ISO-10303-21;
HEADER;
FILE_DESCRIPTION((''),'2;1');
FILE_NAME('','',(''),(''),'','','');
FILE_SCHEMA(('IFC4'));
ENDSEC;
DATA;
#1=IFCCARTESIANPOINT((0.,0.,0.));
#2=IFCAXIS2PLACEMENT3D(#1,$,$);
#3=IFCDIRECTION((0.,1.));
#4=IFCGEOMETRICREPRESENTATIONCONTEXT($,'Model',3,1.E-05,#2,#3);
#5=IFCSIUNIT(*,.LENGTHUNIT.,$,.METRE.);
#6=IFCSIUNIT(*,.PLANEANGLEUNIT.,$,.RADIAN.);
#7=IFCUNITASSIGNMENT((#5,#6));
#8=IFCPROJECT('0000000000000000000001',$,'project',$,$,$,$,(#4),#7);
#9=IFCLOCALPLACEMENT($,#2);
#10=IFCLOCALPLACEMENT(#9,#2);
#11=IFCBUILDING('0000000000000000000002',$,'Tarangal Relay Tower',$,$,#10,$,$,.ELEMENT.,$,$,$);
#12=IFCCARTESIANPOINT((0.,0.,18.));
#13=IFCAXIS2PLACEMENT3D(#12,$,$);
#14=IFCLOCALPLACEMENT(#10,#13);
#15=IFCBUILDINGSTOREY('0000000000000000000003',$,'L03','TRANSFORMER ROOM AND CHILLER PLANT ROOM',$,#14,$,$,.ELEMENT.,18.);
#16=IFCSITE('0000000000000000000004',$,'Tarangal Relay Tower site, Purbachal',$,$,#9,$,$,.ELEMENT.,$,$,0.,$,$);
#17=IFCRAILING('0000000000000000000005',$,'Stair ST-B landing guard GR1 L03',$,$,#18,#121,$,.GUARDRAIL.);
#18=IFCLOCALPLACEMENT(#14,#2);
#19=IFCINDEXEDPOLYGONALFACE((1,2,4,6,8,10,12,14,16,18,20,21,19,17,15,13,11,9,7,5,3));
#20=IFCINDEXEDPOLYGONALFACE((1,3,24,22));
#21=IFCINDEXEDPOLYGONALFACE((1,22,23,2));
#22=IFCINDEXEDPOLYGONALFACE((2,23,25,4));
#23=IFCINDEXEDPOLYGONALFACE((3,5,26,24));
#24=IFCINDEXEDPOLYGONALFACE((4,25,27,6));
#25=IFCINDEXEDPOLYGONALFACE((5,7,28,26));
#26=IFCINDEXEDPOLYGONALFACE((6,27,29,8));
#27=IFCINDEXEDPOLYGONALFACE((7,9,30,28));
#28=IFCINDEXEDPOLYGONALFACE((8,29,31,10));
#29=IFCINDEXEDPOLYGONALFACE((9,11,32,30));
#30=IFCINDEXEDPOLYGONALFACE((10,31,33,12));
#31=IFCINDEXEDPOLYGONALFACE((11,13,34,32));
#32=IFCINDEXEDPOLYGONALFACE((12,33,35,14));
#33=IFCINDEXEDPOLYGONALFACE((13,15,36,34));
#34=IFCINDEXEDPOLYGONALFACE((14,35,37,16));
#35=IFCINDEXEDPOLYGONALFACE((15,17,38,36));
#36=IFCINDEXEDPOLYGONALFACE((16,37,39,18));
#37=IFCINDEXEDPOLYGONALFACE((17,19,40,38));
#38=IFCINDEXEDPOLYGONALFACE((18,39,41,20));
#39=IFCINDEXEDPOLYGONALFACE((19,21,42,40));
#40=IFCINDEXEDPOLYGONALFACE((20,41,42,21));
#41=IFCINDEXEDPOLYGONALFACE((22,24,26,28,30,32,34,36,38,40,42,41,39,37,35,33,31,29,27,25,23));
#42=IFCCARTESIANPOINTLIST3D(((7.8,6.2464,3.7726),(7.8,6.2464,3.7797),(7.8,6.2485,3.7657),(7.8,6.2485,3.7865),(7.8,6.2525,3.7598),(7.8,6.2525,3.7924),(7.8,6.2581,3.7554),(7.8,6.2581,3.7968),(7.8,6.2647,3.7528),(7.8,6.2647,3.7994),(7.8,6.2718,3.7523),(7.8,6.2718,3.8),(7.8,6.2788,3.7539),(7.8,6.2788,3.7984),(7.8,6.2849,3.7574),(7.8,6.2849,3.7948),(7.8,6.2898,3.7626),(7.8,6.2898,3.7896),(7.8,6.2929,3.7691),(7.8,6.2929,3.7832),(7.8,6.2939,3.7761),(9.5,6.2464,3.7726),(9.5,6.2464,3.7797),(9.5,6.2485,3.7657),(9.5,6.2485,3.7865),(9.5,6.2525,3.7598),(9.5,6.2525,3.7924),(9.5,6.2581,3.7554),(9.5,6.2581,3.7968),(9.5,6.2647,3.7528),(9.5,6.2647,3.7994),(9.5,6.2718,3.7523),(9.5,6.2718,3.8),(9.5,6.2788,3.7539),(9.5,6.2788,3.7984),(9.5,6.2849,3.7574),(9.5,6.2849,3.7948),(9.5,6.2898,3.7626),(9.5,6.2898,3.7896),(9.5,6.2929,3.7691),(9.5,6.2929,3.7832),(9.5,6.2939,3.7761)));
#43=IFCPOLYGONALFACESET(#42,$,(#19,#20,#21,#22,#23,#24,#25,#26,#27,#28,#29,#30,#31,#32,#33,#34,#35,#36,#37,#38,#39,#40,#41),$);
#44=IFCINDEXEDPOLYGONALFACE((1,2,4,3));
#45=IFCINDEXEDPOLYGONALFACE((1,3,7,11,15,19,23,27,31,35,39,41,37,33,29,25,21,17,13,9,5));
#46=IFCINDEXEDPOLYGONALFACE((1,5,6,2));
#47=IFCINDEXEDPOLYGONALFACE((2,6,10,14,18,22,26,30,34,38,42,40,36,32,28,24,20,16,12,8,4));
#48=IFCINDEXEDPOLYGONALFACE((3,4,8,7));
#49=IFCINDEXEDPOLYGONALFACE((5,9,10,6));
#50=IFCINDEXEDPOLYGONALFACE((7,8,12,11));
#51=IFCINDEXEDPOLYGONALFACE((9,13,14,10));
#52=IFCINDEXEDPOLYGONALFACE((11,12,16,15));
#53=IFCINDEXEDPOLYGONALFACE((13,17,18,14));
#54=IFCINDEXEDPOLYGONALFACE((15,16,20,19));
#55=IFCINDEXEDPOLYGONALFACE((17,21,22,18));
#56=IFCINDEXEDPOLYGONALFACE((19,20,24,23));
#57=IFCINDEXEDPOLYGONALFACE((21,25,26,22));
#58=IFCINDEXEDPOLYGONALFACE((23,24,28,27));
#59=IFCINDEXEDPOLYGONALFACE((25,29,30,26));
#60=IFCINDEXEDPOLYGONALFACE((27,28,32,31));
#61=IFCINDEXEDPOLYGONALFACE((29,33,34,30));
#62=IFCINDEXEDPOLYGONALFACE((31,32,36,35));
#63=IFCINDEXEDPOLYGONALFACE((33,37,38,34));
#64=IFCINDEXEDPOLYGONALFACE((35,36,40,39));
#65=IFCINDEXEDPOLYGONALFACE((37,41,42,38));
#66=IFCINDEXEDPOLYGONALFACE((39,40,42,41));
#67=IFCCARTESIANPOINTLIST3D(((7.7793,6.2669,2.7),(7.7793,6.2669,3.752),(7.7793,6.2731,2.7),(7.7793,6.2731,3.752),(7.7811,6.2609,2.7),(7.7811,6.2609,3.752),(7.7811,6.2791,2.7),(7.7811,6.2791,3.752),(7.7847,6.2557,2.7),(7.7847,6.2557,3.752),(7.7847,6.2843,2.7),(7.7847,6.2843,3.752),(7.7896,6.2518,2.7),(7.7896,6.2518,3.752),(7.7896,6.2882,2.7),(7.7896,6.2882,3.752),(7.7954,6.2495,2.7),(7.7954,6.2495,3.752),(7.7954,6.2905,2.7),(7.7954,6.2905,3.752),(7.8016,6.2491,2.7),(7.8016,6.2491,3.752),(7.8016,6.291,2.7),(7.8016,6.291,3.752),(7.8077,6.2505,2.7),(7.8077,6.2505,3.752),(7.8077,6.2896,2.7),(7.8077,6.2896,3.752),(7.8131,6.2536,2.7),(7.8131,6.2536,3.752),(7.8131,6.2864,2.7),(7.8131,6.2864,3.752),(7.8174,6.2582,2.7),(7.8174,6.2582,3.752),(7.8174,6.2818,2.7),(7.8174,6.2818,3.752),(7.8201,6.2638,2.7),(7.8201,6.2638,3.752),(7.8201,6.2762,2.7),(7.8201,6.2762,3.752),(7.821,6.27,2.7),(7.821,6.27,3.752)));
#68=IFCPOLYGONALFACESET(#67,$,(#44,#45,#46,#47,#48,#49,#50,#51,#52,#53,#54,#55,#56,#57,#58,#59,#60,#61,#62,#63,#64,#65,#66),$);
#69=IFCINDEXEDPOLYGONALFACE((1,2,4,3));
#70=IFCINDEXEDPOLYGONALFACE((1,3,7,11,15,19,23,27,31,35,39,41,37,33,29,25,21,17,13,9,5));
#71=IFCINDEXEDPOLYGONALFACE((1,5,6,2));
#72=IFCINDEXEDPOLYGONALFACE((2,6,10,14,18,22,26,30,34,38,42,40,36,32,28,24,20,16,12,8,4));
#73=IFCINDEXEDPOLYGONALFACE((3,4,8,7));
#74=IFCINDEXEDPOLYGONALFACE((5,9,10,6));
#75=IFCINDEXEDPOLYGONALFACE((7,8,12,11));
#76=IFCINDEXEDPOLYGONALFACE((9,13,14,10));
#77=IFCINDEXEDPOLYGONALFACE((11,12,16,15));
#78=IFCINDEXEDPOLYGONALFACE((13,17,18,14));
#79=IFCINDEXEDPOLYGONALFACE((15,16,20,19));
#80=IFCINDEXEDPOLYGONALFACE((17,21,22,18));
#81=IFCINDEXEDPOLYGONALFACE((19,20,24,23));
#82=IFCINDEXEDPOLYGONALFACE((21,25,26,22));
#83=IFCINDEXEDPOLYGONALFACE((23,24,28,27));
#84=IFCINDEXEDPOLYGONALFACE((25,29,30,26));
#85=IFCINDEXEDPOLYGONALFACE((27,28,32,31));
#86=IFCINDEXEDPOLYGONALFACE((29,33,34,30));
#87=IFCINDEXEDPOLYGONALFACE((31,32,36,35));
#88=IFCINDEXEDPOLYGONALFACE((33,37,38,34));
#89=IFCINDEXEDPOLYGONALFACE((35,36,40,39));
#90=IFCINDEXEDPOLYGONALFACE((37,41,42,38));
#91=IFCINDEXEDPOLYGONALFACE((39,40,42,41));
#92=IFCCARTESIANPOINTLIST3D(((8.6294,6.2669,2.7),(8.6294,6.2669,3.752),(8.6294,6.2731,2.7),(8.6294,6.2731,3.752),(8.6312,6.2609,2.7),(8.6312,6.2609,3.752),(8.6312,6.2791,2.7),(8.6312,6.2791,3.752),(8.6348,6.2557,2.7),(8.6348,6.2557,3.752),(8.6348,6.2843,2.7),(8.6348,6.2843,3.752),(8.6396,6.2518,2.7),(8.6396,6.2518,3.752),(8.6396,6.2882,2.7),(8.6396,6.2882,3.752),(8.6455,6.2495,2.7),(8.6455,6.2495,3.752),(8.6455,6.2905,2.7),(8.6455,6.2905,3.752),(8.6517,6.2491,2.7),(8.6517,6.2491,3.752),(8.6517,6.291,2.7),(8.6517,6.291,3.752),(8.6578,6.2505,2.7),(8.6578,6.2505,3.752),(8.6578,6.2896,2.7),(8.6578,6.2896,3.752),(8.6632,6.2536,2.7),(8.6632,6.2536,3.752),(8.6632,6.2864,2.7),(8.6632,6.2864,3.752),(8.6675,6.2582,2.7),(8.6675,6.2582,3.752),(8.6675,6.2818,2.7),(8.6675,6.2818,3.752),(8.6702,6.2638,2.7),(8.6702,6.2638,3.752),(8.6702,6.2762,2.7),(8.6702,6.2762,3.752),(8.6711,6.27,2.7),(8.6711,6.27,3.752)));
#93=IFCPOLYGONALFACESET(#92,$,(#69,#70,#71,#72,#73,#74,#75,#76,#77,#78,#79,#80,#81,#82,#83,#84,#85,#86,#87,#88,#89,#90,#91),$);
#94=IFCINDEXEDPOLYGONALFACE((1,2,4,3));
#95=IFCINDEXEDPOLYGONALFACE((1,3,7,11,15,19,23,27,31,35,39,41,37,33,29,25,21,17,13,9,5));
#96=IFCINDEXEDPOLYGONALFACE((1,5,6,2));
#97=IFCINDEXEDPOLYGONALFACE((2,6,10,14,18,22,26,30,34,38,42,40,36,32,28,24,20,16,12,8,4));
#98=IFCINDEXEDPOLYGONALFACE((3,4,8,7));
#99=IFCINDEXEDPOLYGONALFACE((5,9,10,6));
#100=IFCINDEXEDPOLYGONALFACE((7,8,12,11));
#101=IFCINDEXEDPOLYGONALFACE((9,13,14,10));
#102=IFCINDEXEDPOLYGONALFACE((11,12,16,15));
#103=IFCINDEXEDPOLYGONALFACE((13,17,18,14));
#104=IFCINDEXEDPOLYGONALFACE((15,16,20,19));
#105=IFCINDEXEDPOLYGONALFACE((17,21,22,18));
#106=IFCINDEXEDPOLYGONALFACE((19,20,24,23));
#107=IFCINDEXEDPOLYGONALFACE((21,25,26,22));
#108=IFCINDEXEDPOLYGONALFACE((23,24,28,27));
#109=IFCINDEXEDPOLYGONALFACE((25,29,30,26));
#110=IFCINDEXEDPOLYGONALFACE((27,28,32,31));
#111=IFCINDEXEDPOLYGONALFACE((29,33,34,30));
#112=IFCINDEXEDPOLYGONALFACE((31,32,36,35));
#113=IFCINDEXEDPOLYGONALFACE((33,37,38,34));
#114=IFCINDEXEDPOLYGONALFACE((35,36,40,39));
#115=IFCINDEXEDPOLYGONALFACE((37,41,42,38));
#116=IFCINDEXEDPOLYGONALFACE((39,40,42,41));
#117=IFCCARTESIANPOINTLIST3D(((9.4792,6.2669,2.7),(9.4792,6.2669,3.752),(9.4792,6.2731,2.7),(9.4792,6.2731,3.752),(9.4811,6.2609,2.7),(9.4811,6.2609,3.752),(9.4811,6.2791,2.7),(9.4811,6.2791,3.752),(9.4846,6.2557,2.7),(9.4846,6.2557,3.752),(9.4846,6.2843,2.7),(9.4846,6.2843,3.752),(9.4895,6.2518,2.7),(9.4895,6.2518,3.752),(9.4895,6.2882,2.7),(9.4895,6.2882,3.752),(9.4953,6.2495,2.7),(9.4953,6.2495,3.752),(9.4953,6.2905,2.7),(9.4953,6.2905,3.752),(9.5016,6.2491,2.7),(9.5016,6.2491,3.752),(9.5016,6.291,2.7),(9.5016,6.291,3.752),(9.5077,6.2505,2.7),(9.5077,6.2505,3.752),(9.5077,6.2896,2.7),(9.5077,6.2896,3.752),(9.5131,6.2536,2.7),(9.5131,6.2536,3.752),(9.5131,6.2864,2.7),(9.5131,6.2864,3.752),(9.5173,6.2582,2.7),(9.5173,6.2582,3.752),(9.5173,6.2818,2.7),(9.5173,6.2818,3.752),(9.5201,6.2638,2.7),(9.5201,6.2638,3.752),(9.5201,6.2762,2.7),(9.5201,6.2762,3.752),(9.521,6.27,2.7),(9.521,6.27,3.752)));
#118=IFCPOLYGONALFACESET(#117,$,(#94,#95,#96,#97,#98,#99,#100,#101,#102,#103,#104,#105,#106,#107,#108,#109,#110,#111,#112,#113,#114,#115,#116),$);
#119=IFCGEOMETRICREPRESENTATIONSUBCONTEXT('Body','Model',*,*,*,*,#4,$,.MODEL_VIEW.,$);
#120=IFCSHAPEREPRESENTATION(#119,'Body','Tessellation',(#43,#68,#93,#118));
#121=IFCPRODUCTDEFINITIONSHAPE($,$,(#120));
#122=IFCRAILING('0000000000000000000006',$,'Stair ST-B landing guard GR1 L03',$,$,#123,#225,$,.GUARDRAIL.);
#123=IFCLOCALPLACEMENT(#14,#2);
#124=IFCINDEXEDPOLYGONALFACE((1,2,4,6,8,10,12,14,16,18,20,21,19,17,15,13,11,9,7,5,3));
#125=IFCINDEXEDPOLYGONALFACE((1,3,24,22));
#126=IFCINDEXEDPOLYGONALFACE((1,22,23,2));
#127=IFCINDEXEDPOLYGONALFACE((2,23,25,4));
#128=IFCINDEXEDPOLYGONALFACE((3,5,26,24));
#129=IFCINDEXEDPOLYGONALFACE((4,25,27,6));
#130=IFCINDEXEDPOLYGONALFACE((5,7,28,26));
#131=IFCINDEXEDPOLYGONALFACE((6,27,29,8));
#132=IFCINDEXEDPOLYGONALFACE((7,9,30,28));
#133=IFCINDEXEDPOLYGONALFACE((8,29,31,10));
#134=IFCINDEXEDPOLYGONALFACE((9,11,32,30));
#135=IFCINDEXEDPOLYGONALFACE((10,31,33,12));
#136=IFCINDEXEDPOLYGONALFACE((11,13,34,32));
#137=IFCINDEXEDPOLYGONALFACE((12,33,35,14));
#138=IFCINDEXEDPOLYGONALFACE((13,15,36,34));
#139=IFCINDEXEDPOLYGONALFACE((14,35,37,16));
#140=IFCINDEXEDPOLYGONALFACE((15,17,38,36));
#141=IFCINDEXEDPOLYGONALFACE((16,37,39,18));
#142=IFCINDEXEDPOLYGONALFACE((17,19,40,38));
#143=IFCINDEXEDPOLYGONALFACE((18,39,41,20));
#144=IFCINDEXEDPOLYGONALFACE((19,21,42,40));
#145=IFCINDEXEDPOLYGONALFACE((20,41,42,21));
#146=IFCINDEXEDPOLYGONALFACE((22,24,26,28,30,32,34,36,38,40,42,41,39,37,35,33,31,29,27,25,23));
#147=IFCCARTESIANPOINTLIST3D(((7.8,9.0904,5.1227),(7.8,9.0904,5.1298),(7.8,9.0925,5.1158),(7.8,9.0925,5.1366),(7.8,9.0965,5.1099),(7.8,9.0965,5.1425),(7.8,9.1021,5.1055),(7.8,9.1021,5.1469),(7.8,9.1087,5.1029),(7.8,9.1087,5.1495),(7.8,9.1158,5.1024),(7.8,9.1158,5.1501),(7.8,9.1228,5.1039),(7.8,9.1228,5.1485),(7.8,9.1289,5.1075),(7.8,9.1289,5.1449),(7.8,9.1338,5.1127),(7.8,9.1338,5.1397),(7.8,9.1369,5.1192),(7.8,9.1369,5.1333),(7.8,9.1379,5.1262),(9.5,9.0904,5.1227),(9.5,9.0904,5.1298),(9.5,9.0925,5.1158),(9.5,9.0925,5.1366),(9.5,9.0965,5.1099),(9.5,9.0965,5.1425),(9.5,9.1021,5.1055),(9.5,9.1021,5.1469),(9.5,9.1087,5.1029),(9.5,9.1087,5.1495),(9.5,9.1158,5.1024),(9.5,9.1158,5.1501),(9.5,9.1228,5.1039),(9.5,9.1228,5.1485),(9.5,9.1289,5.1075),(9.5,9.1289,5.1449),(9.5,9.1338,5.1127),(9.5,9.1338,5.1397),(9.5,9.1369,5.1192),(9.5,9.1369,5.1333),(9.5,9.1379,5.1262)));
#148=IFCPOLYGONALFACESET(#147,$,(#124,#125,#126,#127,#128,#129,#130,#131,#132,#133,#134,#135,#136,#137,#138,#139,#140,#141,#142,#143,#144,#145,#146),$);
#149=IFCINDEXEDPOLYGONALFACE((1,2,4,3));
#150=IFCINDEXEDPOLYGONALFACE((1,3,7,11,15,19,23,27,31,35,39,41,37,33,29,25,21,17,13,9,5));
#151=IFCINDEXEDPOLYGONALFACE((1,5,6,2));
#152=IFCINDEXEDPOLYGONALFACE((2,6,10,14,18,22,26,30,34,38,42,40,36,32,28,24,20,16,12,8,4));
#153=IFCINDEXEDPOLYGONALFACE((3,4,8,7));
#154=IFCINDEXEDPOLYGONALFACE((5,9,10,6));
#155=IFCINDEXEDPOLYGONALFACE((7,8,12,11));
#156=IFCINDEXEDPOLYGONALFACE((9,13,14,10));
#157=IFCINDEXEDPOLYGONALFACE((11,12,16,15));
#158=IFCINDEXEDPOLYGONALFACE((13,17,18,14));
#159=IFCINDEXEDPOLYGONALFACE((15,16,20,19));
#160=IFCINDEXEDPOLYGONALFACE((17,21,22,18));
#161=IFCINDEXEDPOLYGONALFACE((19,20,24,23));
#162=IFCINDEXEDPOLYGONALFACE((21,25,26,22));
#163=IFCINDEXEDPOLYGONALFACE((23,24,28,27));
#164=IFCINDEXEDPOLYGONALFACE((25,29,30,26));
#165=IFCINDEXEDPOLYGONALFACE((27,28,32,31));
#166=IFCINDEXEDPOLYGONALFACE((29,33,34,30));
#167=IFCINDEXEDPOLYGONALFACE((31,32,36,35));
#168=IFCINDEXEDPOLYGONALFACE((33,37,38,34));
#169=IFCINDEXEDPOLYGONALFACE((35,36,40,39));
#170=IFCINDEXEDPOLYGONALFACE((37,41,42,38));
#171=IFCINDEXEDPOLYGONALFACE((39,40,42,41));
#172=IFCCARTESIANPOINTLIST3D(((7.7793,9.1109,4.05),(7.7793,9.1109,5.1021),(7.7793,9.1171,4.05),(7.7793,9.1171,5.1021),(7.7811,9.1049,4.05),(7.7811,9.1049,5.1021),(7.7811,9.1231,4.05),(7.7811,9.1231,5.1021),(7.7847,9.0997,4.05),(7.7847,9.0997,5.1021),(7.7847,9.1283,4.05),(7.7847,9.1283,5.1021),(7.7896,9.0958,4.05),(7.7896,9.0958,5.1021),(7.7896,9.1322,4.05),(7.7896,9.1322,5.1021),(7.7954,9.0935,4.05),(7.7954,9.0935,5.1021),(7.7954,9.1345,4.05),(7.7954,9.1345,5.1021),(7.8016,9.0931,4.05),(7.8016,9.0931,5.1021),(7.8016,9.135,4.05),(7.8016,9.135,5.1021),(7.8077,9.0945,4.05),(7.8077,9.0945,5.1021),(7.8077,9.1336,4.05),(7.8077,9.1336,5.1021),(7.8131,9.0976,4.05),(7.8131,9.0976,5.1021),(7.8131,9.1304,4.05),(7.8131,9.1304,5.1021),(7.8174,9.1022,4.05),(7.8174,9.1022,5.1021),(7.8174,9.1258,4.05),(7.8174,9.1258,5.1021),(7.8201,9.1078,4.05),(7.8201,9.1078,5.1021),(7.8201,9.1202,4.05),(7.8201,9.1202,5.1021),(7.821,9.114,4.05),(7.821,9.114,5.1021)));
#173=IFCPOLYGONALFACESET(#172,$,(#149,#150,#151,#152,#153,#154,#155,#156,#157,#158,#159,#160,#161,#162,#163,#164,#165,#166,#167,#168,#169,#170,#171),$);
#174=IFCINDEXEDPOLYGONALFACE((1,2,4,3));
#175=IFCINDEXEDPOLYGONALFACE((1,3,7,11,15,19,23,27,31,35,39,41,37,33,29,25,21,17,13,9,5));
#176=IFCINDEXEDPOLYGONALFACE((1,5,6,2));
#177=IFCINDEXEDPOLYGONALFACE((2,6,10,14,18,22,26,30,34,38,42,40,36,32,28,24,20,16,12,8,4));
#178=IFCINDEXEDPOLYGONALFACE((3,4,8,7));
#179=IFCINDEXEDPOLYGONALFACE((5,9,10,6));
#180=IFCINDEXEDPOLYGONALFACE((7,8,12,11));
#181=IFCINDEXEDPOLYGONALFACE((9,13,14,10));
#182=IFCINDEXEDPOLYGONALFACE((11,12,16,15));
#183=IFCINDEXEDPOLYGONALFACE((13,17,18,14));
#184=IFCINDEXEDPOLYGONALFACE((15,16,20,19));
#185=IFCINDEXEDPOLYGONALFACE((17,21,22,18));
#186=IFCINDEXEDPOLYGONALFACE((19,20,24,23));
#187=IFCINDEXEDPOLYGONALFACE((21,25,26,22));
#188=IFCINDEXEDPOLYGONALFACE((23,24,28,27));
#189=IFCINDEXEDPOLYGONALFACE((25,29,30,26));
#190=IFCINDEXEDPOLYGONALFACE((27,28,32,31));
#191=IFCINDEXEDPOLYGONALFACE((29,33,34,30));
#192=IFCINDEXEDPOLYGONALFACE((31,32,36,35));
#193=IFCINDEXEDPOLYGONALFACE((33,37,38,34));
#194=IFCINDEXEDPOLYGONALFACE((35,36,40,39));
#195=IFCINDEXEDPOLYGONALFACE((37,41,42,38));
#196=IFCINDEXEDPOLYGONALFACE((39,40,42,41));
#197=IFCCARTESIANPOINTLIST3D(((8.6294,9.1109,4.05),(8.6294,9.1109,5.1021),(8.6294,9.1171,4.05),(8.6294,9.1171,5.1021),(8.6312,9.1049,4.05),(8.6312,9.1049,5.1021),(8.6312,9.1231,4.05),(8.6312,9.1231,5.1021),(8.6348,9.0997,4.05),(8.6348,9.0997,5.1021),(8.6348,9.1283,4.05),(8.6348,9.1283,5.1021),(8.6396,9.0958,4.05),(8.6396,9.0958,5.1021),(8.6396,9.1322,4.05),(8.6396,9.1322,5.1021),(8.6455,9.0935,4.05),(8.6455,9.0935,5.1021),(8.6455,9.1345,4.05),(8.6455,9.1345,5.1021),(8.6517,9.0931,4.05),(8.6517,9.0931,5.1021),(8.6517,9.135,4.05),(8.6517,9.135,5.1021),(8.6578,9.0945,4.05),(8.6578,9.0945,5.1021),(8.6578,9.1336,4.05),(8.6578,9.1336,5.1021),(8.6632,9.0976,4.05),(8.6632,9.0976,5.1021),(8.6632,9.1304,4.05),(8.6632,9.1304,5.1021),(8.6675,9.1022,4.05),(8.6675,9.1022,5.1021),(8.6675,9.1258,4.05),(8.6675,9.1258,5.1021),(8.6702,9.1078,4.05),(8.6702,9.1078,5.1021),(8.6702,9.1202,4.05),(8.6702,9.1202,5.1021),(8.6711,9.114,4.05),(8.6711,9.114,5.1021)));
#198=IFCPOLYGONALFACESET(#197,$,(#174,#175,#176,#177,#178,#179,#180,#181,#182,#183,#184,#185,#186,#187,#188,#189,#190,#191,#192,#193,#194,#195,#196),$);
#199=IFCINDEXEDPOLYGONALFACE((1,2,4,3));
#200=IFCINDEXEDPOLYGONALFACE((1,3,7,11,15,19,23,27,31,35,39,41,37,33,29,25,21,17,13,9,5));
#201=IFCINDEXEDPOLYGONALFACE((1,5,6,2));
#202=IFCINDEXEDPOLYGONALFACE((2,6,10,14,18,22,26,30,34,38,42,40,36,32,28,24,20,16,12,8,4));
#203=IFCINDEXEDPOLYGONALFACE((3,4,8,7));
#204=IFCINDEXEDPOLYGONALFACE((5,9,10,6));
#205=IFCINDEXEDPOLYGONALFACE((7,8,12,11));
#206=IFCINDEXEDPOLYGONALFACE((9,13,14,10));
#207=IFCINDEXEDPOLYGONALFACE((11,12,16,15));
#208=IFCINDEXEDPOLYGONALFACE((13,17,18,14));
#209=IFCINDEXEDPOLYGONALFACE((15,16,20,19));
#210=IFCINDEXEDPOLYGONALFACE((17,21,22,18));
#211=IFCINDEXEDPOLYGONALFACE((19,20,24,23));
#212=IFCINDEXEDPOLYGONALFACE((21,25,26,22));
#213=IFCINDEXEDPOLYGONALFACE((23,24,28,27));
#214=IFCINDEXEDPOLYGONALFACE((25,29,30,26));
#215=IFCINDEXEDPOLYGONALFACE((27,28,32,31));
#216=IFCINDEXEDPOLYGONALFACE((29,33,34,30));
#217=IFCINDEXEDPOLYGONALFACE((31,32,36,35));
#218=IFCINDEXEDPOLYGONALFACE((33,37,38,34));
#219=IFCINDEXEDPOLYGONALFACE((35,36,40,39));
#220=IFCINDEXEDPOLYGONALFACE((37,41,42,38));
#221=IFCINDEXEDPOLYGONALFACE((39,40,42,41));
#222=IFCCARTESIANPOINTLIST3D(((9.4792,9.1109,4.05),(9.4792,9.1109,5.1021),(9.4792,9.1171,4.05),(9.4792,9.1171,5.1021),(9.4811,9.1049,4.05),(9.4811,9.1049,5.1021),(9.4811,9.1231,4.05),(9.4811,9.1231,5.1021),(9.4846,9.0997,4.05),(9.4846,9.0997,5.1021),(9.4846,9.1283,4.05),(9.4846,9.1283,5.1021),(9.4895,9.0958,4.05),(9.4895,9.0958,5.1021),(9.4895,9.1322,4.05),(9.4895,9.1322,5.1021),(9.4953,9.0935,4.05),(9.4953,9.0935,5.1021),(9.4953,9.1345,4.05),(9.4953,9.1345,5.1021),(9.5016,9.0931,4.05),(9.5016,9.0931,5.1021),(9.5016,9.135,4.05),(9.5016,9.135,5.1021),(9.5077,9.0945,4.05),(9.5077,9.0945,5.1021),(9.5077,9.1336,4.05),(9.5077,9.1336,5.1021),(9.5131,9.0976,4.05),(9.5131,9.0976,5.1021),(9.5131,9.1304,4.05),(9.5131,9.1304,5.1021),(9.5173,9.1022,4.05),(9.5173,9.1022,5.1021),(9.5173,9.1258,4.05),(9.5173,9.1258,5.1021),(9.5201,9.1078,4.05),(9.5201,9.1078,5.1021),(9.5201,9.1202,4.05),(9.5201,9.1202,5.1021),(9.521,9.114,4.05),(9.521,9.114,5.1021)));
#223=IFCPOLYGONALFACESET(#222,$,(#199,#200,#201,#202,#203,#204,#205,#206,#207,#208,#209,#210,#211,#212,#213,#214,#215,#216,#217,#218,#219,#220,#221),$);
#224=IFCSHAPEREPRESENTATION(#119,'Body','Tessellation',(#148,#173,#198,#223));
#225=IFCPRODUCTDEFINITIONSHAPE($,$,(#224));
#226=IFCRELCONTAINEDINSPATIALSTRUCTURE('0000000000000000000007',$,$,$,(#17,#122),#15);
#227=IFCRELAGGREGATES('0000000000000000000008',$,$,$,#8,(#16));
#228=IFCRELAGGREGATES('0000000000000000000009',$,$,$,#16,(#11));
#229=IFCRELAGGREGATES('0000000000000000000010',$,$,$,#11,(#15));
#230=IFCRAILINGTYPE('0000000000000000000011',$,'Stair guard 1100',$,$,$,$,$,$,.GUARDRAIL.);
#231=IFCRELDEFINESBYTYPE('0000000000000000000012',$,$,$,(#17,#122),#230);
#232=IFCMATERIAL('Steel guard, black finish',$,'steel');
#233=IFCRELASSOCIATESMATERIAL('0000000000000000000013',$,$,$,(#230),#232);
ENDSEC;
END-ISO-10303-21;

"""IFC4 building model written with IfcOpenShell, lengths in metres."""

from ifc_helpers import new_model, si_unit, direction, frame, origin, origin_2d, place, context, subcontext, project, spatial, circle, extrude, material, type_object, element, save


model = new_model("IFC4")

# Units and contexts
model_context = context("Model", 3, precision=1e-05, world=origin(), true_north=direction((0.0, 1.0)))
body_context = subcontext(model_context, "Body", "Model", "MODEL_VIEW")
ifc_project = project(units=[si_unit("LENGTHUNIT", "METRE"), si_unit("PLANEANGLEUNIT", "RADIAN")], contexts=[model_context])

# Site, building, storey
site_placement = place(None, origin())
site = spatial("IfcSite", under=ifc_project, at=site_placement, Name="Tarangal Relay Tower site, Purbachal", CompositionType="ELEMENT", RefElevation=0.0)
building_placement = place(site_placement, origin())
building = spatial("IfcBuilding", under=site, at=building_placement, Name="Tarangal Relay Tower", CompositionType="ELEMENT")
storey_placement = place(building_placement, frame((0.0, 0.0, 18.0)))
storey = spatial("IfcBuildingStorey", under=building, at=storey_placement, Name="L03", Description="TRANSFORMER ROOM AND CHILLER PLANT ROOM", CompositionType="ELEMENT", Elevation=18.0)

# Railings
ifc_material_1 = material(Name="Steel guard, black finish", Category="steel")
railing_type_1 = type_object("IfcRailingType", Name="Stair guard 1100", PredefinedType="GUARDRAIL", material=ifc_material_1)
for number, where, name in (
    (1, (7.8, 6.27, 2.7), "Stair ST-B landing guard GR1 L03"),
    (2, (7.8, 9.114, 4.05), "Stair ST-B landing guard GR1 L03"),
):
    element("IfcRailing", number, at=place(storey_placement, frame(where)), inside=storey, type_object=railing_type_1, Name=name, PredefinedType="GUARDRAIL", context=body_context, shape_type="SweptSolid", body=[
        extrude(circle(Radius=0.0239, at=origin_2d()), frame((0.0, 0.0, 1.0762), z_axis=(1.0, 0.0, 0.0), x_axis=(0.0, 1.0, 0.0)), (0.0, 0.0, 1.0), 1.7),
        extrude(circle(Radius=0.021, at=origin_2d()), origin(), (0.0, 0.0, 1.0), 1.052),
        extrude(circle(Radius=0.021, at=origin_2d()), frame((0.8501, 0.0, 0.0)), (0.0, 0.0, 1.0), 1.052),
        extrude(circle(Radius=0.021, at=origin_2d()), frame((1.7, 0.0, 0.0)), (0.0, 0.0, 1.0), 1.052),
    ])

save(model, "model.ifc")
